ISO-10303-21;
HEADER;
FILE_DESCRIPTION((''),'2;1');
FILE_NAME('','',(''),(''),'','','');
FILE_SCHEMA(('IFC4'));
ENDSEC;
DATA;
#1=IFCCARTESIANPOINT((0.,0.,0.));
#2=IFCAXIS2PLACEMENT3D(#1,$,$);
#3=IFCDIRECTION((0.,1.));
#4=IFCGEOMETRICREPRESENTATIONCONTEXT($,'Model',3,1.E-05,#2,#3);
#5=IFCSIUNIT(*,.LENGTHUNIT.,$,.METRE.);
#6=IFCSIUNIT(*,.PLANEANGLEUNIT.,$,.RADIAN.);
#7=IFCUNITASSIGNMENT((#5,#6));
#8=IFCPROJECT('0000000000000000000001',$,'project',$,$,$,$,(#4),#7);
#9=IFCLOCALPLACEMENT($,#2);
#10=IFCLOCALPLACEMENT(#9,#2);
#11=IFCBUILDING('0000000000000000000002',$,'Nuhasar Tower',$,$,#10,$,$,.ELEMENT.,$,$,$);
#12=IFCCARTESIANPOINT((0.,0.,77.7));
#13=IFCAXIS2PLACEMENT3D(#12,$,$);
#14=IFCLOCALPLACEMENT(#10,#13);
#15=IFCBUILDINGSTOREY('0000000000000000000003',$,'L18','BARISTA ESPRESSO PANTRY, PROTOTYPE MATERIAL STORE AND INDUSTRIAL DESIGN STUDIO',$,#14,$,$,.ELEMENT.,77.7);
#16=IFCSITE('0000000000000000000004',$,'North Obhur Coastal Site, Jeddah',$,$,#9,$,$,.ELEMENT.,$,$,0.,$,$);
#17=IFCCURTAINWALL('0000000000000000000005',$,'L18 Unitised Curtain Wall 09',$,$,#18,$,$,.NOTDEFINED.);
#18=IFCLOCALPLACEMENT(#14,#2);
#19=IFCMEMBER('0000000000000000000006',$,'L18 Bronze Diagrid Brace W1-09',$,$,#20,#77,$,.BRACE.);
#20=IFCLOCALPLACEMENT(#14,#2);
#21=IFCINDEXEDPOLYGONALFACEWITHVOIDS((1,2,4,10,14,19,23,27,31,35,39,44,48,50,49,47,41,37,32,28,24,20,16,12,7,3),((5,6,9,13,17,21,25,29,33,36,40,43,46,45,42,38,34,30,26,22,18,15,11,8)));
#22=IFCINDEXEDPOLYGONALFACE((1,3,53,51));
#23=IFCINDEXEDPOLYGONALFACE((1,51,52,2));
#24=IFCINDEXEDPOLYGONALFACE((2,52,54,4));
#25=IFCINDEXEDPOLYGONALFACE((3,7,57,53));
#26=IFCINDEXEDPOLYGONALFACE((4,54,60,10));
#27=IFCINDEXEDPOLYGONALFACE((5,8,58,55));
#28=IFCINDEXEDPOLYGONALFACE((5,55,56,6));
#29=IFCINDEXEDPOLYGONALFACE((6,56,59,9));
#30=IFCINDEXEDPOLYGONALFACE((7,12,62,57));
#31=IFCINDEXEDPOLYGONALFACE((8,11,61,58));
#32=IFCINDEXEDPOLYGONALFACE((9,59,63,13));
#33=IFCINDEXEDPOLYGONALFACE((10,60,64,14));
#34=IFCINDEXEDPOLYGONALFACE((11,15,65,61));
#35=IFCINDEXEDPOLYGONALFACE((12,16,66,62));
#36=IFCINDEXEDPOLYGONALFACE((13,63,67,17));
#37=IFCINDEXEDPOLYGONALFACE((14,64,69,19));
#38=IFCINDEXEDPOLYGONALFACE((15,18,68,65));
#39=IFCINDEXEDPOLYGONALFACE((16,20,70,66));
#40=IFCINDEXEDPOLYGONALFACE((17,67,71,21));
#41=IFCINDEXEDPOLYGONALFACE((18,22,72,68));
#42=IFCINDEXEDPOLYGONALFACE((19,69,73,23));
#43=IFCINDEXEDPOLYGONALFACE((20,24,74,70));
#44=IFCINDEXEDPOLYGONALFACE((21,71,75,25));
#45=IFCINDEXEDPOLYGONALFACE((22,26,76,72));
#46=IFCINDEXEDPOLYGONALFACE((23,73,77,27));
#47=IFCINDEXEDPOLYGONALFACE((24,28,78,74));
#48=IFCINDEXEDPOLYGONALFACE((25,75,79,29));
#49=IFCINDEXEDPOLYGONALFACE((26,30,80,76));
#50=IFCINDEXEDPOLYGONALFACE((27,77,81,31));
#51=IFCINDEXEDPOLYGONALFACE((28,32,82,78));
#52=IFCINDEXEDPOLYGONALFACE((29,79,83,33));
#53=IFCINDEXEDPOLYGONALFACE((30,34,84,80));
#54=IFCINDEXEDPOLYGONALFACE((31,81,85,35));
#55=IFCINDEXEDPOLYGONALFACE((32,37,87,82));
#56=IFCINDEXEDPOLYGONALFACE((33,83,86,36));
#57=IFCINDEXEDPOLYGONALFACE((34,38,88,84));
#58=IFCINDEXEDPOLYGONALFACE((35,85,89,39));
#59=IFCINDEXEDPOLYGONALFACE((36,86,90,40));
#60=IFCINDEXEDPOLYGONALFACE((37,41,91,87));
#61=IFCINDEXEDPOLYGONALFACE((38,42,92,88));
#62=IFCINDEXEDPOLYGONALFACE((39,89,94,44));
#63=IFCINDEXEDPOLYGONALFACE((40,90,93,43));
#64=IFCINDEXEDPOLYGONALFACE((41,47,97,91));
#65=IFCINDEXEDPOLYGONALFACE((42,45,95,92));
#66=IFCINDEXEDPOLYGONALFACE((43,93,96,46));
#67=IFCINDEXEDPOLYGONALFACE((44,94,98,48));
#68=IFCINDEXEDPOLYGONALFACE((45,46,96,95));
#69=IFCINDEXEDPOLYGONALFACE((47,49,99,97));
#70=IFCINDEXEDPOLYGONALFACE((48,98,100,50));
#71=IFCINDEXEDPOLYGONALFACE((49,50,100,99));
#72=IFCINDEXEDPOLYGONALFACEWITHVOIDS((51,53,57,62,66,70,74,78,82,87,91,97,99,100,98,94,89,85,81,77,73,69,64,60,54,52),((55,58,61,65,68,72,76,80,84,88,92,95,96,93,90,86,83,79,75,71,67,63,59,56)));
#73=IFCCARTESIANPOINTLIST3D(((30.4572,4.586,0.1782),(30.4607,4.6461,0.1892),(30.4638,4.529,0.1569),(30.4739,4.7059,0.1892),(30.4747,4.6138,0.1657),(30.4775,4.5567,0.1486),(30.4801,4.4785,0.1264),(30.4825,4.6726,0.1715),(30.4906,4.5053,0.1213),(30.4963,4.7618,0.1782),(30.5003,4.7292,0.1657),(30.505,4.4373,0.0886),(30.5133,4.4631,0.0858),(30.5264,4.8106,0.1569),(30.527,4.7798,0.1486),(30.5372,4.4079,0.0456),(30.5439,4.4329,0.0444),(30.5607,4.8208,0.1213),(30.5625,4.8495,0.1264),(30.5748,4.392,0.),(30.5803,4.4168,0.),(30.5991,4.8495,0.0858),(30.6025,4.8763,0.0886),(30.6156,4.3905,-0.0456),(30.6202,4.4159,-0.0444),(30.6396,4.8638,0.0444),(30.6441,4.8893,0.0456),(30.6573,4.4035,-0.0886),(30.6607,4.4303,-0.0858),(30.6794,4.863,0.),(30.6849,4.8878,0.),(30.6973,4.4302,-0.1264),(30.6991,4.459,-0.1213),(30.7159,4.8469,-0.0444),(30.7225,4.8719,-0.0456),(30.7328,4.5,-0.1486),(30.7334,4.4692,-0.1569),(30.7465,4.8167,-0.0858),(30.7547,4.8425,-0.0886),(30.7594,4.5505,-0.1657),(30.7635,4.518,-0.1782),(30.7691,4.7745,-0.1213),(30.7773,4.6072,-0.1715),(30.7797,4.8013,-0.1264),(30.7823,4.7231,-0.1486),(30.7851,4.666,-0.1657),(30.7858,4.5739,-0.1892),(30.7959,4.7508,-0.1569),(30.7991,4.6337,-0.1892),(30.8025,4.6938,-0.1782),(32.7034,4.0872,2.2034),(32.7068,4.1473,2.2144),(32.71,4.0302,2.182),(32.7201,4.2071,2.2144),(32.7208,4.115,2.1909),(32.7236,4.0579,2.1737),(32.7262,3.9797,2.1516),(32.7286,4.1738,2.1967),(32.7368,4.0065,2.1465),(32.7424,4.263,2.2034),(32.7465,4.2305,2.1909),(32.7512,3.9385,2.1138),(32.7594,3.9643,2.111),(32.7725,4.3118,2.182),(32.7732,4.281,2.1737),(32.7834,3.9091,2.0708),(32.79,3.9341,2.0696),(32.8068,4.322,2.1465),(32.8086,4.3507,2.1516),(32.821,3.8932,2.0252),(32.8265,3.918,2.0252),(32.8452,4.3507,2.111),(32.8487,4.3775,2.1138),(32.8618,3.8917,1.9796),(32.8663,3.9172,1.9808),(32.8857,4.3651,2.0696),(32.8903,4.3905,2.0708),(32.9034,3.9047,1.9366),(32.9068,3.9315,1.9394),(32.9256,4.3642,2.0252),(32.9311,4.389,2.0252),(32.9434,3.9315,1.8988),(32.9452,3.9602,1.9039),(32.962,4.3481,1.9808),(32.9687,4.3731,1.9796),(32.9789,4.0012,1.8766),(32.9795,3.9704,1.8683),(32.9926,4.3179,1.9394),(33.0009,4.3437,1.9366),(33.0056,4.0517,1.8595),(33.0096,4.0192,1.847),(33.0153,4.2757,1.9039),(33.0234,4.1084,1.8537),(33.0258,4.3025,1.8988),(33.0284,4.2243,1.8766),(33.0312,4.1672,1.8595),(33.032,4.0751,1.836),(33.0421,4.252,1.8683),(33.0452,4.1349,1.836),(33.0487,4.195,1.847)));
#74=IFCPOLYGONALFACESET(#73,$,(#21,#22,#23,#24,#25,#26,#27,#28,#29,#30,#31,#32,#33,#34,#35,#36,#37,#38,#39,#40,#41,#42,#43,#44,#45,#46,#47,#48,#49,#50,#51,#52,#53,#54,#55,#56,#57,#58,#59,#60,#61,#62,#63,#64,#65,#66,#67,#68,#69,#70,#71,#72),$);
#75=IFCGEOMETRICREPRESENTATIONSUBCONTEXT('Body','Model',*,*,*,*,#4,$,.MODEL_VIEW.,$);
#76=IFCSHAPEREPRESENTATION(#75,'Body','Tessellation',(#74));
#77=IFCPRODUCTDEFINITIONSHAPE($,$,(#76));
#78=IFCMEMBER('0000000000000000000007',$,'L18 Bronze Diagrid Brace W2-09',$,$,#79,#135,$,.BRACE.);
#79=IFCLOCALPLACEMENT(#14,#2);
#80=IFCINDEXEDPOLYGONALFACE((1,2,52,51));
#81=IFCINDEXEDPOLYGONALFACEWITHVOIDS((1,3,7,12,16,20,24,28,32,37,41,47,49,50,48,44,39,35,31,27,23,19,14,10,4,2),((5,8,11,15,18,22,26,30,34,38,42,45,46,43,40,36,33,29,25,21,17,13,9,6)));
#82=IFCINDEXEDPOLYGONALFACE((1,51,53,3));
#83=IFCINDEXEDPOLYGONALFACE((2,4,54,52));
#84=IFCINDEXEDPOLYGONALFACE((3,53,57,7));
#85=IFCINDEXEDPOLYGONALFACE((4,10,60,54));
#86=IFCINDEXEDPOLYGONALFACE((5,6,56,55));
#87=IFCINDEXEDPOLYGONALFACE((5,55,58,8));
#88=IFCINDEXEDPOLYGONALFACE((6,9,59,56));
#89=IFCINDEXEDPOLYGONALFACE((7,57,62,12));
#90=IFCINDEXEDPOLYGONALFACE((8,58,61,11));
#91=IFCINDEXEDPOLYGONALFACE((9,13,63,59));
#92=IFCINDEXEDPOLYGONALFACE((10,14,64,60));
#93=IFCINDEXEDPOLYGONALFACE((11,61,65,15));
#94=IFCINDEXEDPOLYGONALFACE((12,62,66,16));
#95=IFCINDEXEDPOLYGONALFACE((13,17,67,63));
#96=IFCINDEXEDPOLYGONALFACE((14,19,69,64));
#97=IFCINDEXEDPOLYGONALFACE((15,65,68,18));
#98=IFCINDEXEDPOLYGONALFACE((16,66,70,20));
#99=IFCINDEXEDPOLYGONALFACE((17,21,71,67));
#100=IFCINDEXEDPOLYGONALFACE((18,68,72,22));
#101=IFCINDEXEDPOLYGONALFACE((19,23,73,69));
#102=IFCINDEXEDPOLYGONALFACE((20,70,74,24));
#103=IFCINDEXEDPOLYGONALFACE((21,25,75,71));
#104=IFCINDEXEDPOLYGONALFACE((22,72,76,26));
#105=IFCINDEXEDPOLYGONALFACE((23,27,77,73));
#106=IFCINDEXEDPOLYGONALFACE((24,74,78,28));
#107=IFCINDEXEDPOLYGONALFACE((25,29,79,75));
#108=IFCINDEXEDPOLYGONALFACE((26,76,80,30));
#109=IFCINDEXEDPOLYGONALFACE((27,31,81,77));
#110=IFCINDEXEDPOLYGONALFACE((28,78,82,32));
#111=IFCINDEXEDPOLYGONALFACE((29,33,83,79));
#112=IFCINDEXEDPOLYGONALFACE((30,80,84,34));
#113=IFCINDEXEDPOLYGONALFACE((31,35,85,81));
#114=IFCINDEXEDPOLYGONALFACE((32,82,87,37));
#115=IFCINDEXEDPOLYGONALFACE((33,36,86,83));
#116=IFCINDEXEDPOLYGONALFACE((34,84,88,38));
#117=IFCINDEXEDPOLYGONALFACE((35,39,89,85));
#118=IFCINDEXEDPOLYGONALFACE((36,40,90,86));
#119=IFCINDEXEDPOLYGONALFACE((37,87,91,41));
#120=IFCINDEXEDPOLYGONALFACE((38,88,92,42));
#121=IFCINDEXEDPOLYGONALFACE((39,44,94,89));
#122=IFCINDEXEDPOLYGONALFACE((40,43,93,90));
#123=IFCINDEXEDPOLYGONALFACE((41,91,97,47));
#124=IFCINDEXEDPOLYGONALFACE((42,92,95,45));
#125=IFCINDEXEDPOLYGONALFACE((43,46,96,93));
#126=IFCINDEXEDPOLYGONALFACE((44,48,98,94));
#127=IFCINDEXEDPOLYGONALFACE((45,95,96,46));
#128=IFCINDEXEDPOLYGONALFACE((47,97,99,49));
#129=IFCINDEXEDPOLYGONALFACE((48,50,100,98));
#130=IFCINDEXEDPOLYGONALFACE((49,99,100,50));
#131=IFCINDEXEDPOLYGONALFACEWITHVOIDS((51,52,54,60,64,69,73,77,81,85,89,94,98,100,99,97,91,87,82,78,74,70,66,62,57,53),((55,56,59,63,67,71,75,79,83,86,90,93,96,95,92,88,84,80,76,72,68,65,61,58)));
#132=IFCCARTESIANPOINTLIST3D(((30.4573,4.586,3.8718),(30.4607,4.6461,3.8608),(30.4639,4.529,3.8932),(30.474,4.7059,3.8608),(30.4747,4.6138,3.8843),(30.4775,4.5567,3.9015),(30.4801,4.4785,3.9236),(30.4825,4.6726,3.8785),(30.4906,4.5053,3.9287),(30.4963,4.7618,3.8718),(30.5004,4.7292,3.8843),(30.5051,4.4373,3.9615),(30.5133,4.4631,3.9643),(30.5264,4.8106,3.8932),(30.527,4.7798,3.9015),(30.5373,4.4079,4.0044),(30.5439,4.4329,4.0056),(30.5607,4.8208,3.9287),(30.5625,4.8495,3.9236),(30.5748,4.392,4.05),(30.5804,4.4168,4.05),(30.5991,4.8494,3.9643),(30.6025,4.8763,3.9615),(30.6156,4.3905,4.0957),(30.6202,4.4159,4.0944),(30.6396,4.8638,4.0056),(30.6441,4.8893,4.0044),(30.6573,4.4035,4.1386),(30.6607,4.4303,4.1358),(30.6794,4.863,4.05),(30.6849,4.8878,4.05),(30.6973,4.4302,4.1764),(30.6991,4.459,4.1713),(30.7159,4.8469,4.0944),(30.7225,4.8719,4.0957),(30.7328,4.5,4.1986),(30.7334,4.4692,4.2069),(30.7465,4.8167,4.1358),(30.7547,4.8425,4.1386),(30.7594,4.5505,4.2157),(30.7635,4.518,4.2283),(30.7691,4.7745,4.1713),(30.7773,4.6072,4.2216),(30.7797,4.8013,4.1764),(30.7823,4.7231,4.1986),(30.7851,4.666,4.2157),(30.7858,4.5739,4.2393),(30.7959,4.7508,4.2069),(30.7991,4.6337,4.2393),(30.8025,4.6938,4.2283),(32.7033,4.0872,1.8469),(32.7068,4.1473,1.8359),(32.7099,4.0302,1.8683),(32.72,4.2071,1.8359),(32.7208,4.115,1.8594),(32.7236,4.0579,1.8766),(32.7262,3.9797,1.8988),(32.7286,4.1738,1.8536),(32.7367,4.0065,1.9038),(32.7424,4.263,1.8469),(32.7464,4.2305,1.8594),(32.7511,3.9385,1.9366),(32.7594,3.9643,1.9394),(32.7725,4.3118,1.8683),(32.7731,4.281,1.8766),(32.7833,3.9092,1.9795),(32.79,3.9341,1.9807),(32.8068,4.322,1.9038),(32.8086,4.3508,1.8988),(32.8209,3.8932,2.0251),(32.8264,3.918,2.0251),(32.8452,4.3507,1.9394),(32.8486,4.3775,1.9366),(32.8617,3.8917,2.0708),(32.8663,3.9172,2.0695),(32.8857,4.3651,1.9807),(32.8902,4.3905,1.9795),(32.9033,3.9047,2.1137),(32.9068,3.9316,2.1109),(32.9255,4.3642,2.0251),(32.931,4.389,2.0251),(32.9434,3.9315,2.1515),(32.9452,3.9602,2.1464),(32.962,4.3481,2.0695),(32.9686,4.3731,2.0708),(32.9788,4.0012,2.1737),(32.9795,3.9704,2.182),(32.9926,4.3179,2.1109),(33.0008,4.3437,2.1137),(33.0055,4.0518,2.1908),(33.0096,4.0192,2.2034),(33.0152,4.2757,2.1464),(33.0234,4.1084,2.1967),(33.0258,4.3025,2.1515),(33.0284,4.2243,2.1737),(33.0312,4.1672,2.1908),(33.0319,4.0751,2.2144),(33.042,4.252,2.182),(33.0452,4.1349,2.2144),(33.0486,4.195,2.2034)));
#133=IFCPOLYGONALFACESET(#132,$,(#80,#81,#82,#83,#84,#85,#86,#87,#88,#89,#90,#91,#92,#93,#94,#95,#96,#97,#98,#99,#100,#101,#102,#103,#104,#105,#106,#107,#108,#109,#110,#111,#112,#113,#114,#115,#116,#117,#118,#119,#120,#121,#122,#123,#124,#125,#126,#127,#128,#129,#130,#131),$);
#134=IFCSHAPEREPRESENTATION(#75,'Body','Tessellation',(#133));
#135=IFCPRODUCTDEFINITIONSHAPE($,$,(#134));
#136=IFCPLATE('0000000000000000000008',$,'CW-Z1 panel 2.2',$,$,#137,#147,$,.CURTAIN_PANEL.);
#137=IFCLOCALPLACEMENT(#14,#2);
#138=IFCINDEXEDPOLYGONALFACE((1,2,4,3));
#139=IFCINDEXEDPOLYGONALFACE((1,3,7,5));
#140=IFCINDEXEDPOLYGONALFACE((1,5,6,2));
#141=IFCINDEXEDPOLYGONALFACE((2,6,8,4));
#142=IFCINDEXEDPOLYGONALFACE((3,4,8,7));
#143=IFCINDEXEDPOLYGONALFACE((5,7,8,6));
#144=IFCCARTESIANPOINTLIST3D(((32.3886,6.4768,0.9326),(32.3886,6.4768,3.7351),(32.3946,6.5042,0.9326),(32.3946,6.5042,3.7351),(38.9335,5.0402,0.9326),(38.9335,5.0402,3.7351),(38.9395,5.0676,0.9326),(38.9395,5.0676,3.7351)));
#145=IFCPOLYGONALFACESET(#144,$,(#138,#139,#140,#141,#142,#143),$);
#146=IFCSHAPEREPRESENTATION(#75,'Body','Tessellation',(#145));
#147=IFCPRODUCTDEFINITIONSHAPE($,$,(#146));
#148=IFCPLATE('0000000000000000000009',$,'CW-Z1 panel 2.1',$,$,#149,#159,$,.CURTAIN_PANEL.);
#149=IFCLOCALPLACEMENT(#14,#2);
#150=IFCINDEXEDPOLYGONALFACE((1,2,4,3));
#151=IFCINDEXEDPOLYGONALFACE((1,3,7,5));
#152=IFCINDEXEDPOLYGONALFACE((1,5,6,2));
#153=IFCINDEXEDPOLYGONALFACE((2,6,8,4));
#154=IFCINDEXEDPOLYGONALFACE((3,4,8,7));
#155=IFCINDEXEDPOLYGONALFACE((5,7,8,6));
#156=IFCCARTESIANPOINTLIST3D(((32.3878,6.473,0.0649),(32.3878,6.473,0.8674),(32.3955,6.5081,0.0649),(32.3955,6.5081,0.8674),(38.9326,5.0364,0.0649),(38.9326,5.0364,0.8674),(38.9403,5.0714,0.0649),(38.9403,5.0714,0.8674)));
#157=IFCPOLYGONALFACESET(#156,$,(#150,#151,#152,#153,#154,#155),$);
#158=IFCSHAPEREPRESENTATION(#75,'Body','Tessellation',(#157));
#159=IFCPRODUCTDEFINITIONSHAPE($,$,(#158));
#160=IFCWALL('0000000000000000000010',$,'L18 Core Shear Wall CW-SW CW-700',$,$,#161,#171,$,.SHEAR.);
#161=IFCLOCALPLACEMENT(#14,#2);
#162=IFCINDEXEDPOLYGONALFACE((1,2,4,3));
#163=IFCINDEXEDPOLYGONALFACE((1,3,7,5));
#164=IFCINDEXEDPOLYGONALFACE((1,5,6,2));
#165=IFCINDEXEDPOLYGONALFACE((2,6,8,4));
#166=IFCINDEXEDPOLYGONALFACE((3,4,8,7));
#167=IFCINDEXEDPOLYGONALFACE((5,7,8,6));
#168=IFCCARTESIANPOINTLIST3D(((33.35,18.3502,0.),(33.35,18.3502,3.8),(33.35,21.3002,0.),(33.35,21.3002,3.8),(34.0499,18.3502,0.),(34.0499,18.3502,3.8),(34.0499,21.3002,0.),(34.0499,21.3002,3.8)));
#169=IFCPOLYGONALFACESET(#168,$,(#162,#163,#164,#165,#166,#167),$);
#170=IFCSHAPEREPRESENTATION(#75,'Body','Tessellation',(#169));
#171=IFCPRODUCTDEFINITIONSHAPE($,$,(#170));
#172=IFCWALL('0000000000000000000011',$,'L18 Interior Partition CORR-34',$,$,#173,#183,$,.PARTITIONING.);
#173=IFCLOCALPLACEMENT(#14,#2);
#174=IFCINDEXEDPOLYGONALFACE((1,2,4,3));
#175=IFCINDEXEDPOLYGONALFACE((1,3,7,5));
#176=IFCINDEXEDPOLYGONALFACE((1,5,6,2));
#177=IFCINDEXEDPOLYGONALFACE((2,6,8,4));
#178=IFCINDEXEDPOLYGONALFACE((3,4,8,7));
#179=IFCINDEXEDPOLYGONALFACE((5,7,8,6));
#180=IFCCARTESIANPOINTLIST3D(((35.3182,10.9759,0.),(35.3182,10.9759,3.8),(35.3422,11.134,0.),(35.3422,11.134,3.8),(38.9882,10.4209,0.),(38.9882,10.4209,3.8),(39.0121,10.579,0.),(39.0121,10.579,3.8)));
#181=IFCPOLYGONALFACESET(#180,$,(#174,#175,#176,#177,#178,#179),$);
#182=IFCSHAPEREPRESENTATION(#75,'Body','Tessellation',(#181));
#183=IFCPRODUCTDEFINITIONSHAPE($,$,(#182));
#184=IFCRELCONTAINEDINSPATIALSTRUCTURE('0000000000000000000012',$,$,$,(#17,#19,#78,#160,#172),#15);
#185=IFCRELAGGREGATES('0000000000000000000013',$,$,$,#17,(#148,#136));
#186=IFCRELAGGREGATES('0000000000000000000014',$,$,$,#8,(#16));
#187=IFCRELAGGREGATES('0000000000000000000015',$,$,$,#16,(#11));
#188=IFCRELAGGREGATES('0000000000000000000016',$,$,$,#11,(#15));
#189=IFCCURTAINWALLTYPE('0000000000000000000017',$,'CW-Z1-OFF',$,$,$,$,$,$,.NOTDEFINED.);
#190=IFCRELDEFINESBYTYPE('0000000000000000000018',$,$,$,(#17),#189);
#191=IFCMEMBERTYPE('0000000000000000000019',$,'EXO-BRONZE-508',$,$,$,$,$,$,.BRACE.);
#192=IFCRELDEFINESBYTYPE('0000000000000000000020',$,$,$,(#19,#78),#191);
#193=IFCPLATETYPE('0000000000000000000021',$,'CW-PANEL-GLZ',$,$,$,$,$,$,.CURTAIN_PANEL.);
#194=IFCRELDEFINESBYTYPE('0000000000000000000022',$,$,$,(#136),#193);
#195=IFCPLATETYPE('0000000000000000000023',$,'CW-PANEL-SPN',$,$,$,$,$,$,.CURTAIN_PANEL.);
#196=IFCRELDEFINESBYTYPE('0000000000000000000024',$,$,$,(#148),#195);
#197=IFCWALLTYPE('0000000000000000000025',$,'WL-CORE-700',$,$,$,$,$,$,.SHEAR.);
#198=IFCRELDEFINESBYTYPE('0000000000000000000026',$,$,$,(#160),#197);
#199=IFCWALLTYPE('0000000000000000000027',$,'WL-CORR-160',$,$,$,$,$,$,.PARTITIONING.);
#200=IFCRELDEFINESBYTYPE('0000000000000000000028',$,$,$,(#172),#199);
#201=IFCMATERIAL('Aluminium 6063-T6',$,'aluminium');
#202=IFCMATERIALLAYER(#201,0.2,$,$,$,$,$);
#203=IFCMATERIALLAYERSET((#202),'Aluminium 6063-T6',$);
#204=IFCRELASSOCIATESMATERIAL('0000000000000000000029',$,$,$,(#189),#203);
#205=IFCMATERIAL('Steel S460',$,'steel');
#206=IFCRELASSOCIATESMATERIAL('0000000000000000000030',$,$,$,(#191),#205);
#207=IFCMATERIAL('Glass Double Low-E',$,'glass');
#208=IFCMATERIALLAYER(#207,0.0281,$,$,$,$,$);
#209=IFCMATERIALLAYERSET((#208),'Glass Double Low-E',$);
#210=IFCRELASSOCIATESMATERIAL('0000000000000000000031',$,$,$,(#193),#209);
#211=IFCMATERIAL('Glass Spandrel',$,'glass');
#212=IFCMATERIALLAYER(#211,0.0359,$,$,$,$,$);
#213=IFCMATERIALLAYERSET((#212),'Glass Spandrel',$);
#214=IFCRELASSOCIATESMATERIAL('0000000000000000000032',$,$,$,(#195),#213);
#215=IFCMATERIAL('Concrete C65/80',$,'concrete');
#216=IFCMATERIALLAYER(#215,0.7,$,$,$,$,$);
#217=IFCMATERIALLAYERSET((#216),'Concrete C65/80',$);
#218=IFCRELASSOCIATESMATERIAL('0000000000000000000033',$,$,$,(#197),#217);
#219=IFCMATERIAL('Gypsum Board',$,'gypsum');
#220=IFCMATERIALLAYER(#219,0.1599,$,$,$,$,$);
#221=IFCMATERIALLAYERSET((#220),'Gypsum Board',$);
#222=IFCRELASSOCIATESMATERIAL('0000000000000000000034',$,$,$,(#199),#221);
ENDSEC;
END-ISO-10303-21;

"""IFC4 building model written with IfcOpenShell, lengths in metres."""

from ifc_helpers import new_model, si_unit, direction, frame, frame_2d, origin, origin_2d, place, context, subcontext, project, spatial, rectangle, hollow_circle, extrude, material, layer, layer_set, material_profile, profile_set, type_object, element, aggregate, save


model = new_model("IFC4")

# Units and contexts
model_context = context("Model", 3, precision=1e-05, world=origin(), true_north=direction((0.0, 1.0)))
body_context = subcontext(model_context, "Body", "Model", "MODEL_VIEW")
ifc_project = project(units=[si_unit("LENGTHUNIT", "METRE"), si_unit("PLANEANGLEUNIT", "RADIAN")], contexts=[model_context])

# Site, building, storey
site_placement = place(None, origin())
site = spatial("IfcSite", under=ifc_project, at=site_placement, Name="North Obhur Coastal Site, Jeddah", CompositionType="ELEMENT", RefElevation=0.0)
building_placement = place(site_placement, origin())
building = spatial("IfcBuilding", under=site, at=building_placement, Name="Nuhasar Tower", CompositionType="ELEMENT")
storey_placement = place(building_placement, frame((0.0, 0.0, 77.7)))
storey = spatial("IfcBuildingStorey", under=building, at=storey_placement, Name="L18", Description="BARISTA ESPRESSO PANTRY, PROTOTYPE MATERIAL STORE AND INDUSTRIAL DESIGN STUDIO", CompositionType="ELEMENT", Elevation=77.7)

# Curtain wall
ifc_material_1 = material(Name="Aluminium 6063-T6", Category="aluminium")
ifc_layer_1 = layer(ifc_material_1, 0.2)
ifc_layer_set_1 = layer_set([ifc_layer_1], Name="Aluminium 6063-T6")
curtain_wall_type = type_object("IfcCurtainWallType", Name="CW-Z1-OFF", PredefinedType="NOTDEFINED", material=ifc_layer_set_1)
curtain_wall_placement = place(storey_placement, origin())
curtain_wall = element("IfcCurtainWall", 1, at=curtain_wall_placement, inside=storey, type_object=curtain_wall_type, Name="L18 Unitised Curtain Wall 09", PredefinedType="NOTDEFINED")

# Members
ifc_material_2 = material(Name="Steel S460", Category="steel")
ifc_material_profile_1 = material_profile(ifc_material_2, hollow_circle(Radius=0.2539, WallThickness=0.0254, at=origin_2d()), Name="HSS508X25.4")
ifc_profile_set_1 = profile_set([ifc_material_profile_1], Name="Steel S460")
member_type_1 = type_object("IfcMemberType", Name="EXO-BRONZE-508", PredefinedType="BRACE", material=ifc_profile_set_1)
member_1_placement = place(storey_placement, frame((30.6299, 4.6399, 0.0), z_axis=(0.732792, -0.162728, 0.660708), x_axis=(0.216784, 0.97622, 0.0)))
element("IfcMember", 2, at=member_1_placement, inside=storey, type_object=member_type_1, Name="L18 Bronze Diagrid Brace W1-09", PredefinedType="BRACE", context=body_context, shape_type="SweptSolid", body=[
    extrude(hollow_circle(Radius=0.2539, WallThickness=0.0254, at=origin_2d()), origin(), (0.0, 0.0, 1.0), 3.0652),
])
member_2_placement = place(storey_placement, frame((32.876, 4.1411, 2.0251), z_axis=(-0.732831, 0.162736, 0.660663), x_axis=(-0.216784, -0.97622, 0.0)))
element("IfcMember", 3, at=member_2_placement, inside=storey, type_object=member_type_1, Name="L18 Bronze Diagrid Brace W2-09", PredefinedType="BRACE", context=body_context, shape_type="SweptSolid", body=[
    extrude(hollow_circle(Radius=0.2539, WallThickness=0.0254, at=origin_2d()), origin(), (0.0, 0.0, 1.0), 3.0649),
])

# Plates
ifc_material_3 = material(Name="Glass Double Low-E", Category="glass")
ifc_layer_2 = layer(ifc_material_3, 0.0281)
ifc_layer_set_2 = layer_set([ifc_layer_2], Name="Glass Double Low-E")
plate_type_1 = type_object("IfcPlateType", Name="CW-PANEL-GLZ", PredefinedType="CURTAIN_PANEL", material=ifc_layer_set_2)
plate_1_placement = place(storey_placement, frame((35.6641, 5.7722, 0.9326), z_axis=(0.0, 0.0, 1.0), x_axis=(0.976746, -0.214399, 0.0)))
plate_1 = element("IfcPlate", 4, at=plate_1_placement, type_object=plate_type_1, Name="CW-Z1 panel 2.2", PredefinedType="CURTAIN_PANEL", context=body_context, shape_type="SweptSolid", body=[
    extrude(rectangle(XDim=6.7007, YDim=0.0281, at=origin_2d()), origin(), (0.0, 0.0, 1.0), 2.8025),
])
ifc_material_4 = material(Name="Glass Spandrel", Category="glass")
ifc_layer_3 = layer(ifc_material_4, 0.0359)
ifc_layer_set_3 = layer_set([ifc_layer_3], Name="Glass Spandrel")
plate_type_2 = type_object("IfcPlateType", Name="CW-PANEL-SPN", PredefinedType="CURTAIN_PANEL", material=ifc_layer_set_3)
plate_2_placement = place(storey_placement, frame((35.6641, 5.7722, 0.0649), z_axis=(0.0, 0.0, 1.0), x_axis=(0.976746, -0.214399, 0.0)))
plate_2 = element("IfcPlate", 5, at=plate_2_placement, type_object=plate_type_2, Name="CW-Z1 panel 2.1", PredefinedType="CURTAIN_PANEL", context=body_context, shape_type="SweptSolid", body=[
    extrude(rectangle(XDim=6.7007, YDim=0.0359, at=origin_2d()), origin(), (0.0, 0.0, 1.0), 0.8025),
])
aggregate(curtain_wall, [plate_2, plate_1])

# Walls
ifc_material_5 = material(Name="Concrete C65/80", Category="concrete")
ifc_layer_4 = layer(ifc_material_5, 0.7)
ifc_layer_set_4 = layer_set([ifc_layer_4], Name="Concrete C65/80")
wall_type_1 = type_object("IfcWallType", Name="WL-CORE-700", PredefinedType="SHEAR", material=ifc_layer_set_4)
wall_1_placement = place(storey_placement, frame((33.7, 18.3501, 0.0), z_axis=(0.0, 0.0, 1.0), x_axis=(0.0, 1.0, 0.0)))
element("IfcWall", 6, at=wall_1_placement, inside=storey, type_object=wall_type_1, Name="L18 Core Shear Wall CW-SW CW-700", PredefinedType="SHEAR", context=body_context, shape_type="SweptSolid", body=[
    extrude(rectangle(XDim=2.95, YDim=0.7, at=frame_2d((1.4751, 0.0))), origin(), (0.0, 0.0, 1.0), 3.8),
])
ifc_material_6 = material(Name="Gypsum Board", Category="gypsum")
ifc_layer_5 = layer(ifc_material_6, 0.1599)
ifc_layer_set_5 = layer_set([ifc_layer_5], Name="Gypsum Board")
wall_type_2 = type_object("IfcWallType", Name="WL-CORR-160", PredefinedType="PARTITIONING", material=ifc_layer_set_5)
wall_2_placement = place(storey_placement, frame((35.3301, 11.0549, 0.0), z_axis=(0.0, 0.0, 1.0), x_axis=(0.98876, -0.149511, 0.0)))
element("IfcWall", 7, at=wall_2_placement, inside=storey, type_object=wall_type_2, Name="L18 Interior Partition CORR-34", PredefinedType="PARTITIONING", context=body_context, shape_type="SweptSolid", body=[
    extrude(rectangle(XDim=3.7117, YDim=0.1599, at=frame_2d((1.856, 0.0))), origin(), (0.0, 0.0, 1.0), 3.8),
])

save(model, "model.ifc")
